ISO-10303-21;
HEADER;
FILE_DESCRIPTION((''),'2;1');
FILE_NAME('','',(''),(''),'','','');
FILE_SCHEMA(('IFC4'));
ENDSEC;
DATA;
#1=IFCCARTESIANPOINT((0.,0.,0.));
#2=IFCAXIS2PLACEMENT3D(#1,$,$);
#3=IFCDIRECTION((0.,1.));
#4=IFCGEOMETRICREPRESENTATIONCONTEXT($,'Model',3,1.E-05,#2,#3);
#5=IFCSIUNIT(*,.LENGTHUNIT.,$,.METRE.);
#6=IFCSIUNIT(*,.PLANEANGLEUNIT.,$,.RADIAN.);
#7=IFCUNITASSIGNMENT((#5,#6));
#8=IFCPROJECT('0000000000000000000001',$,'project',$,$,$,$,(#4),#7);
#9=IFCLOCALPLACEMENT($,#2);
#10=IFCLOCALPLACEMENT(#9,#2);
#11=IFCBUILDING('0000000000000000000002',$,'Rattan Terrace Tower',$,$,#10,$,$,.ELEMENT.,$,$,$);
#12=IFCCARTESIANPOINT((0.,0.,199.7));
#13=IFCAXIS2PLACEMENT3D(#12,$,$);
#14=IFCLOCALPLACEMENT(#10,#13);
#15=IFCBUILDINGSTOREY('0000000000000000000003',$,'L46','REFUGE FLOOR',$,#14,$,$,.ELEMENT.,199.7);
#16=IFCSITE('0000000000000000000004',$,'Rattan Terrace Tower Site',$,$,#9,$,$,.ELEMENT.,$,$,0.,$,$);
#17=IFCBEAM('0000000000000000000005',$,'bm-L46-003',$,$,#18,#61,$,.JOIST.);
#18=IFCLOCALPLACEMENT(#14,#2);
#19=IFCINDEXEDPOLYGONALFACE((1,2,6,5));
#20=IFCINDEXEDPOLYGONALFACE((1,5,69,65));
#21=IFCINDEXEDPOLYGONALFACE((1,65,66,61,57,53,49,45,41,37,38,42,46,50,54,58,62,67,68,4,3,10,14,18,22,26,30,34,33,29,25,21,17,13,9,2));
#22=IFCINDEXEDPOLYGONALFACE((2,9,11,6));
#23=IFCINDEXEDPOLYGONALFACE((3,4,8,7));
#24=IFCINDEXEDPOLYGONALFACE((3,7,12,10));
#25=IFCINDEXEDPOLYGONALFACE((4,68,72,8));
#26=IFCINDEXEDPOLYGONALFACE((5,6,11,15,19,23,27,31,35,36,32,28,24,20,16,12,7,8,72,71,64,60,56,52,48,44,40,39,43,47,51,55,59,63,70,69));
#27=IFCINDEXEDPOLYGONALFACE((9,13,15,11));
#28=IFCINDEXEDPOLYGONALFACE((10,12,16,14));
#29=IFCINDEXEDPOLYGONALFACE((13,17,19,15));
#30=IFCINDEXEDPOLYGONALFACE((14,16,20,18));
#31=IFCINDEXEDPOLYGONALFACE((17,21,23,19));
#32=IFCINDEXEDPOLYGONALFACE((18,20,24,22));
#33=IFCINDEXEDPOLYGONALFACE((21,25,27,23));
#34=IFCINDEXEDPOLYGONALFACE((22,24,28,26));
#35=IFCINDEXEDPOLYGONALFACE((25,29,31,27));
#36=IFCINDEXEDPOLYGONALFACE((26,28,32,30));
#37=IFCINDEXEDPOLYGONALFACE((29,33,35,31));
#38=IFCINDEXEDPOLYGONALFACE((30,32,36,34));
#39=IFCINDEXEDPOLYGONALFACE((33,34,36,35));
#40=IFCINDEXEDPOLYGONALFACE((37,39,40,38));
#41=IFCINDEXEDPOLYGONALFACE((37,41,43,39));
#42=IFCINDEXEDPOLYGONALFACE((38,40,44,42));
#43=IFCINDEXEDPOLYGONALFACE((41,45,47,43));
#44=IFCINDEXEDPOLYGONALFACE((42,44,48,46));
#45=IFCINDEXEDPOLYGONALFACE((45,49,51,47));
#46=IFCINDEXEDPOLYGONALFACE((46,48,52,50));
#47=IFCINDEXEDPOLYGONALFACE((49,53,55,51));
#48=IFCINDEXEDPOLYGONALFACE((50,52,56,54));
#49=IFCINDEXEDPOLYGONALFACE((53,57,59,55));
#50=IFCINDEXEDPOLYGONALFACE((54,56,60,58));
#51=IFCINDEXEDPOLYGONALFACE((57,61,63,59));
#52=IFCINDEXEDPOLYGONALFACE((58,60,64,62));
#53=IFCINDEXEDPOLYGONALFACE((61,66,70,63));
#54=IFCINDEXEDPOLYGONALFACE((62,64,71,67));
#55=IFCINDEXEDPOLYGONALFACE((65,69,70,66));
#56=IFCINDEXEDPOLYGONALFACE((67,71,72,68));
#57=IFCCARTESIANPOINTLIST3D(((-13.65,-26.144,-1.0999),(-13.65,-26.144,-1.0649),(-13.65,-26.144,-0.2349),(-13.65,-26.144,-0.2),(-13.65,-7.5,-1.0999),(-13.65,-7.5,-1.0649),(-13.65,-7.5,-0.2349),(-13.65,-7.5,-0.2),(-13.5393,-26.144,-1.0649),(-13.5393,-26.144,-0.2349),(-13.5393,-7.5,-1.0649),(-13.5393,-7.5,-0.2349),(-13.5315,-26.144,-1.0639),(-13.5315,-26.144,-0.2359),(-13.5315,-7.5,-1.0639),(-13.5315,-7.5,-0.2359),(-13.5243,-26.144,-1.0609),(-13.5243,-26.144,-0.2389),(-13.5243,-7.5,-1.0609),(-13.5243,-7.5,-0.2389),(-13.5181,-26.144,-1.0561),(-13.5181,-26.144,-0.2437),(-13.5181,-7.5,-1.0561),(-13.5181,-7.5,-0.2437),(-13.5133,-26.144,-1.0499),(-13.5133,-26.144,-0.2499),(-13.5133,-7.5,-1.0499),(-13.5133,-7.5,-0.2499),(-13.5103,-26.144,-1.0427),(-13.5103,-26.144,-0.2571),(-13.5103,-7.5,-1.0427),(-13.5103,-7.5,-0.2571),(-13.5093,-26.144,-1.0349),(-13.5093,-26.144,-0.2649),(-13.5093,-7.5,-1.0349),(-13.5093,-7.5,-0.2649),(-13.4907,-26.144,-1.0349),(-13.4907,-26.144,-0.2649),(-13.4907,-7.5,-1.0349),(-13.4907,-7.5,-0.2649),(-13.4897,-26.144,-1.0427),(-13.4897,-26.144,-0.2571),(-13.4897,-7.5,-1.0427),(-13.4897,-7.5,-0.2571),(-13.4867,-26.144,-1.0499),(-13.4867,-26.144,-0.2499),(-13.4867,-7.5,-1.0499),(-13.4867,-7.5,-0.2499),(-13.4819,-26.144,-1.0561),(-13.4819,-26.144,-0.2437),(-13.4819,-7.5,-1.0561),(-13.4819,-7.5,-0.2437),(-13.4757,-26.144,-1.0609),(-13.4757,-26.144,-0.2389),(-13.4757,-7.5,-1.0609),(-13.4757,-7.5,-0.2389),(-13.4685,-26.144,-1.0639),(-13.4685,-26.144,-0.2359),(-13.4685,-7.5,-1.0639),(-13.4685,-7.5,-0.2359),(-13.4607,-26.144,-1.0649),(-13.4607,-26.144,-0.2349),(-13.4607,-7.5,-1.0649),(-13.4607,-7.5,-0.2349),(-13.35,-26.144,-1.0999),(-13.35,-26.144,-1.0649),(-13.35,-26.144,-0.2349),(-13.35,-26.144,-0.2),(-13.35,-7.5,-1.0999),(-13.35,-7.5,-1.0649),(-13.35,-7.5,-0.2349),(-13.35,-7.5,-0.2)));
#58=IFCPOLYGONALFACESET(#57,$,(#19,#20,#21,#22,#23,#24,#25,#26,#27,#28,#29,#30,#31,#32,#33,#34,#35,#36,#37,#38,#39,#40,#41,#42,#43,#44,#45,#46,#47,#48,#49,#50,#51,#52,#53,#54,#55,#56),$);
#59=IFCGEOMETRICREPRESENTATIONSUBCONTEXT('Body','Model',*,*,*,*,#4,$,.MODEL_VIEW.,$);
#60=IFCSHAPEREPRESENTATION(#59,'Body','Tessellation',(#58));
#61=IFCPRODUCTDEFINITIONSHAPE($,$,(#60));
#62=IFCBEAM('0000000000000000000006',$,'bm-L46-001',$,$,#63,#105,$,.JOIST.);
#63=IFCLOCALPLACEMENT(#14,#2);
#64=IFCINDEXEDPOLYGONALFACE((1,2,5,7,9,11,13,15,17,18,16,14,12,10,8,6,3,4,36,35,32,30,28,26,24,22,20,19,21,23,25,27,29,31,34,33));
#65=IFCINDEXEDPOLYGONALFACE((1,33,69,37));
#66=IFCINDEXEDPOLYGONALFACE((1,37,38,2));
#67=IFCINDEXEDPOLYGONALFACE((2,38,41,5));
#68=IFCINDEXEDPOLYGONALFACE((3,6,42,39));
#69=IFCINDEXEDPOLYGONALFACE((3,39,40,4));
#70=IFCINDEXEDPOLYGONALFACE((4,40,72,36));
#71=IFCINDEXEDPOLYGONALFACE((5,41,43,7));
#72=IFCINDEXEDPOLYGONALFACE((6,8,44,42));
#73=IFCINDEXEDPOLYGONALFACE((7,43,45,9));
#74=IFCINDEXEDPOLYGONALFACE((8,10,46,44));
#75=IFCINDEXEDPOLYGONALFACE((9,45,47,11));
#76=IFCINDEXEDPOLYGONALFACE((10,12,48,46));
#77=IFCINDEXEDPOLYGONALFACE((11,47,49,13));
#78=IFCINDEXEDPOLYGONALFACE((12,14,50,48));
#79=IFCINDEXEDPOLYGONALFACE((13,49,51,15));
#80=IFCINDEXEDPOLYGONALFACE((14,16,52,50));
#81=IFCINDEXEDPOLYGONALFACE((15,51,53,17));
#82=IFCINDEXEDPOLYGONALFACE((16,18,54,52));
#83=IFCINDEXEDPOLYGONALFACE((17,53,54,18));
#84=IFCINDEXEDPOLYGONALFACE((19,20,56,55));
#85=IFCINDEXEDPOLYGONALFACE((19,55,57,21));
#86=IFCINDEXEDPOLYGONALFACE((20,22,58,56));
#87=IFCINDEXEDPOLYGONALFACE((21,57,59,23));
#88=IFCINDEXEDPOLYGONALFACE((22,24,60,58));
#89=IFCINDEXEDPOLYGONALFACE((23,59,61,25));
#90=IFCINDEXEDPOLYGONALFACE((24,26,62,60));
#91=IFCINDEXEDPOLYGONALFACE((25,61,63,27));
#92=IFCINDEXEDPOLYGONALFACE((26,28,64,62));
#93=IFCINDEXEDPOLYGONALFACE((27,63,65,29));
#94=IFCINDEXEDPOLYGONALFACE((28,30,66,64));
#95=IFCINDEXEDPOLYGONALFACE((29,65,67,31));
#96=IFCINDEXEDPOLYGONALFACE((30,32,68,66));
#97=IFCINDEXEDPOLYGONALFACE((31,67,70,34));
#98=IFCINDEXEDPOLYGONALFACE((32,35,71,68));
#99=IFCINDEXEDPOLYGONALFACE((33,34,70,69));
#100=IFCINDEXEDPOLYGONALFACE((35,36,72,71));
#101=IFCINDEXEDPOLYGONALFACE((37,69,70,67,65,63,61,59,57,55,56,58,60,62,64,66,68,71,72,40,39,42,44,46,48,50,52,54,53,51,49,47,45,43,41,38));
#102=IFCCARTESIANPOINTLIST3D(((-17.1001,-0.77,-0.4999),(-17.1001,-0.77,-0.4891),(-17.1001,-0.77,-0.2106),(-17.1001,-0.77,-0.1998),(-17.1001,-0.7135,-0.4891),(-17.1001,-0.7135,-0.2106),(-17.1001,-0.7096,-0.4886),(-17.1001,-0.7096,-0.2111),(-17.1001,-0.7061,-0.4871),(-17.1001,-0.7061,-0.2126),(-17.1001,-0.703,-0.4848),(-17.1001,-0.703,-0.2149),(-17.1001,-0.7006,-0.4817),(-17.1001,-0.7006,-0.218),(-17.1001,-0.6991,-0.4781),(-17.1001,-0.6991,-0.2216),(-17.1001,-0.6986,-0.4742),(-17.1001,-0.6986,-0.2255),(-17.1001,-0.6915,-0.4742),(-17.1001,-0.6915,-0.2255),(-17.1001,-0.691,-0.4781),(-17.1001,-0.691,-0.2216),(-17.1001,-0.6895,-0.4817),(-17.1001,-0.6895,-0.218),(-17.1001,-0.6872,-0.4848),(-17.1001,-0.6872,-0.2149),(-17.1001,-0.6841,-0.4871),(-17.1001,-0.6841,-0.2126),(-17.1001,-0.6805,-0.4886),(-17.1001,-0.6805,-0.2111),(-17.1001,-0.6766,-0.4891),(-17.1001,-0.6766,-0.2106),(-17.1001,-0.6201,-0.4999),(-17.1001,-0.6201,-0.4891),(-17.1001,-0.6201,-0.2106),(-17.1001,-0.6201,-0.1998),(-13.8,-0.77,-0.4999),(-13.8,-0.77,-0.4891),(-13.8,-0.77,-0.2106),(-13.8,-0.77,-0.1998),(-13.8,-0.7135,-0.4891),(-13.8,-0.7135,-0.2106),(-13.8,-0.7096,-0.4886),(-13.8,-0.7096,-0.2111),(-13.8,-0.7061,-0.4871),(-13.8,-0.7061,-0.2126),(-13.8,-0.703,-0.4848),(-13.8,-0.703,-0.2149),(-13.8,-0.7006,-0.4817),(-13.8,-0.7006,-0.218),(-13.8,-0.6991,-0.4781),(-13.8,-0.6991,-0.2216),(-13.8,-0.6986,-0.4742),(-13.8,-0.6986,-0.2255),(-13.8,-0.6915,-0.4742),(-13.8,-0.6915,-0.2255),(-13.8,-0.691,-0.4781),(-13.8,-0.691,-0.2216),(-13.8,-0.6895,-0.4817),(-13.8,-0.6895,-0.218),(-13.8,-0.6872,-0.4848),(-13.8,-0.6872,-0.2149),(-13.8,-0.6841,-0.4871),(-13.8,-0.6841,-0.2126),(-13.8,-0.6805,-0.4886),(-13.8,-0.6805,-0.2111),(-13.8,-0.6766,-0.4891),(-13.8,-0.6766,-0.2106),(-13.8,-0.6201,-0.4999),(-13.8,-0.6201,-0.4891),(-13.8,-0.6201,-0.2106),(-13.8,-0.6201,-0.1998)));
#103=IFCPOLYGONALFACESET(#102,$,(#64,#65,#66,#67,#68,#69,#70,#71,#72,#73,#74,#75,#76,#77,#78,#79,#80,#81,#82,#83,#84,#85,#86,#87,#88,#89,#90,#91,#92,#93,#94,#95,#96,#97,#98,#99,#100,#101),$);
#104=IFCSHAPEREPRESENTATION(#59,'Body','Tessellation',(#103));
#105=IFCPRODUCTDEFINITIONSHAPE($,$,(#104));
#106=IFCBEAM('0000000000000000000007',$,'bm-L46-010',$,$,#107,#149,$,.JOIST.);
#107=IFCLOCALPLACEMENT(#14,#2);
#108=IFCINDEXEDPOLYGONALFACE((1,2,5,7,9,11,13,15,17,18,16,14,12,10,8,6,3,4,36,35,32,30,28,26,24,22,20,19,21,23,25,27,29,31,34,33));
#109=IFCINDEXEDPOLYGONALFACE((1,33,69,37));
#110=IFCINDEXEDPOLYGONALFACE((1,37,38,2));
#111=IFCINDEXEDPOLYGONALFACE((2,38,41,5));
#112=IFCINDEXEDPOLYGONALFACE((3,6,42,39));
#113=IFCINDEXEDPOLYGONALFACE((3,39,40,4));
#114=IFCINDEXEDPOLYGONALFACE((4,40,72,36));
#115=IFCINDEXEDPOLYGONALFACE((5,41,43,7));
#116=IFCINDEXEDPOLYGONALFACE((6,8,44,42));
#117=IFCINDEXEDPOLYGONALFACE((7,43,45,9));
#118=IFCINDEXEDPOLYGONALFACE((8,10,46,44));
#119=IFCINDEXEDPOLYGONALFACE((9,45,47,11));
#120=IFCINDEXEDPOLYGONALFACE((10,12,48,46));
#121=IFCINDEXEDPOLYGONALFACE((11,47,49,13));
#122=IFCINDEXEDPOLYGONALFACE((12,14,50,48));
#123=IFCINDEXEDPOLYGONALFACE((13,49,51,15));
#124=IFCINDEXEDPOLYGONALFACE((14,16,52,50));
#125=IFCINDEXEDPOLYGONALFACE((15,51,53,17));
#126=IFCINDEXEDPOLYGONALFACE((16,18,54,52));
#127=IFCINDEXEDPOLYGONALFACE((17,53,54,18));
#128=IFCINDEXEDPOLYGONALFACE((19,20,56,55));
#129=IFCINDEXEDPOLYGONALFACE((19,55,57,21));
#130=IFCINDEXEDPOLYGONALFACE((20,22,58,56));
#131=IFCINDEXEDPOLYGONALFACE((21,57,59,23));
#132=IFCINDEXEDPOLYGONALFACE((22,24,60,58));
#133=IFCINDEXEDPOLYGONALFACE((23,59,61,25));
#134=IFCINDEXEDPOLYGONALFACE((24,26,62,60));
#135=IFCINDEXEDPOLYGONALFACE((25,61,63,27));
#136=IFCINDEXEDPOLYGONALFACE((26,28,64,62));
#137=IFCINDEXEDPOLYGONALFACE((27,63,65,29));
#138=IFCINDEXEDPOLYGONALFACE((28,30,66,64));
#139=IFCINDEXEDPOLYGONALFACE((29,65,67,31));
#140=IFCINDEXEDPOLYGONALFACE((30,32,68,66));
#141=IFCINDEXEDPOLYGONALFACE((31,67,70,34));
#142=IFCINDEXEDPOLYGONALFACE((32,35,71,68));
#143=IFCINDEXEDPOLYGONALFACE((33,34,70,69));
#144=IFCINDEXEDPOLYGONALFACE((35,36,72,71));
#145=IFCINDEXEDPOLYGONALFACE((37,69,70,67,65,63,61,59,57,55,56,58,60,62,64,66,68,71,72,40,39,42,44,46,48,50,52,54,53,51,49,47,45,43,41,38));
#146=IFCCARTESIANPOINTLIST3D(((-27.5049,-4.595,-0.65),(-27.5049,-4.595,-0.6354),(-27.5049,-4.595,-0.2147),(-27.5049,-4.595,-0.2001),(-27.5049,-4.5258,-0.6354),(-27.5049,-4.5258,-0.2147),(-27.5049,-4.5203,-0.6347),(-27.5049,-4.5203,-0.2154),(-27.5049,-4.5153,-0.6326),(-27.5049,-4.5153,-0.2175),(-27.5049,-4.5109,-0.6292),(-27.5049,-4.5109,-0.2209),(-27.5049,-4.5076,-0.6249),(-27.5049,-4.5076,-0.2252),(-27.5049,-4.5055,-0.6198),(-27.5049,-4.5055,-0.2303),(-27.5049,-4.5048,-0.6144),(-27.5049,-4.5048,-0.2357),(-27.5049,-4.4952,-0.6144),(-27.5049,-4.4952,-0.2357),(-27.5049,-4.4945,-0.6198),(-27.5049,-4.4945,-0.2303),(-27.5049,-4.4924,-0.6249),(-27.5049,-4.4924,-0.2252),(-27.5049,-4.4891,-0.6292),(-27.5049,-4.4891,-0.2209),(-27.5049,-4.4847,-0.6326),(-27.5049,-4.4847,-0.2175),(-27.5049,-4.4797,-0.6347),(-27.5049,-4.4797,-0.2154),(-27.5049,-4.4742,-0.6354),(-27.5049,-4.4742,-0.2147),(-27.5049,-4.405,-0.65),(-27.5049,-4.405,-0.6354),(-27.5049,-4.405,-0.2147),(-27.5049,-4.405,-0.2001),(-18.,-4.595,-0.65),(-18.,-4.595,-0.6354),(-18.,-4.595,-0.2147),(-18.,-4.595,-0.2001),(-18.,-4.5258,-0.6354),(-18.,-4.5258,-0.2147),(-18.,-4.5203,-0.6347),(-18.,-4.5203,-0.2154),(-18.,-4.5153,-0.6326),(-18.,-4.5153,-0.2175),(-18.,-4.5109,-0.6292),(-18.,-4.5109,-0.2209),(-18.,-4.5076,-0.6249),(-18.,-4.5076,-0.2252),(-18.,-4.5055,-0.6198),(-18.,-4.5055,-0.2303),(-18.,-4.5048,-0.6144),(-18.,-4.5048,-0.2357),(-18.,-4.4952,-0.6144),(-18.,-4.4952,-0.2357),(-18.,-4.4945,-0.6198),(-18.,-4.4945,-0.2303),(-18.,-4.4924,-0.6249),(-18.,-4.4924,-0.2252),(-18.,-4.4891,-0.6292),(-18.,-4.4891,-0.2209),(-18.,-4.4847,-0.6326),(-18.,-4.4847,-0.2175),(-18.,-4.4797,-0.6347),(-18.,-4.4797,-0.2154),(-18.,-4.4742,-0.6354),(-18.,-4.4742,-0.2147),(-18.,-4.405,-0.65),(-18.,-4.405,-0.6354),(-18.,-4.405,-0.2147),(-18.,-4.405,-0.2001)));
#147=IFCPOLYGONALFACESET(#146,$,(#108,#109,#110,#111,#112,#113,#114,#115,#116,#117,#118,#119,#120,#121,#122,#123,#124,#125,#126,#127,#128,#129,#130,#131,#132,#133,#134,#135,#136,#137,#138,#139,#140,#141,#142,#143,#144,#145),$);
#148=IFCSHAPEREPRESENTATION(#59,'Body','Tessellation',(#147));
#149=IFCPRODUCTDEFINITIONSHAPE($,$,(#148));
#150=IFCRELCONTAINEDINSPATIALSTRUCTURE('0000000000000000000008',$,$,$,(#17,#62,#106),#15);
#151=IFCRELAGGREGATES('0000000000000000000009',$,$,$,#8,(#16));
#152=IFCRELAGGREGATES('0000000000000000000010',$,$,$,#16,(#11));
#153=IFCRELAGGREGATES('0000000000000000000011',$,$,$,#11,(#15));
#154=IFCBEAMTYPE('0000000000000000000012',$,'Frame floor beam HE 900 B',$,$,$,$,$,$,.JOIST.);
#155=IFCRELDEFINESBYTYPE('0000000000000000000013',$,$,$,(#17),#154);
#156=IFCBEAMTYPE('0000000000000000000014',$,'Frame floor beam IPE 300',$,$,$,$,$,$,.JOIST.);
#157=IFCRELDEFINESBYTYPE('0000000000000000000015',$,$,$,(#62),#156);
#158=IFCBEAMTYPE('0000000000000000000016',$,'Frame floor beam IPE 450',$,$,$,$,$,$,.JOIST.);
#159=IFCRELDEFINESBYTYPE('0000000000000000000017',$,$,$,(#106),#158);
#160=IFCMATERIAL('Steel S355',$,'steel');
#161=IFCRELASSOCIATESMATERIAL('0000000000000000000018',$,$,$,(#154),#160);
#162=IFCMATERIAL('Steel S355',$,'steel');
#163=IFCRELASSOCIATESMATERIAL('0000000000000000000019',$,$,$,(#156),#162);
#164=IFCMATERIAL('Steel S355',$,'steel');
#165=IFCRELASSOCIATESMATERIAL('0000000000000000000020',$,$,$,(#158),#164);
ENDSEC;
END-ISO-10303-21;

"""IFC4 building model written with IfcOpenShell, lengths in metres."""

from ifc_helpers import new_model, si_unit, direction, frame, origin, origin_2d, place, context, subcontext, project, spatial, i_section, extrude, material, material_profile, profile_set, type_object, element, save


model = new_model("IFC4")

# Units and contexts
model_context = context("Model", 3, precision=1e-05, world=origin(), true_north=direction((0.0, 1.0)))
body_context = subcontext(model_context, "Body", "Model", "MODEL_VIEW")
ifc_project = project(units=[si_unit("LENGTHUNIT", "METRE"), si_unit("PLANEANGLEUNIT", "RADIAN")], contexts=[model_context])

# Site, building, storey
site_placement = place(None, origin())
site = spatial("IfcSite", under=ifc_project, at=site_placement, Name="Rattan Terrace Tower Site", CompositionType="ELEMENT", RefElevation=0.0)
building_placement = place(site_placement, origin())
building = spatial("IfcBuilding", under=site, at=building_placement, Name="Rattan Terrace Tower", CompositionType="ELEMENT")
storey_placement = place(building_placement, frame((0.0, 0.0, 199.7)))
storey = spatial("IfcBuildingStorey", under=building, at=storey_placement, Name="L46", Description="REFUGE FLOOR", CompositionType="ELEMENT", Elevation=199.7)

# Beams
ifc_material_1 = material(Name="Steel S355", Category="steel")
ifc_material_profile_1 = material_profile(ifc_material_1, i_section(OverallWidth=0.3, OverallDepth=0.8999, WebThickness=0.0186, FlangeThickness=0.0349, FilletRadius=0.03, at=origin_2d()), Name="HE 900 B")
ifc_profile_set_1 = profile_set([ifc_material_profile_1], Name="Steel S355")
beam_type_1 = type_object("IfcBeamType", Name="Frame floor beam HE 900 B", PredefinedType="JOIST", material=ifc_profile_set_1)
beam_1_placement = place(storey_placement, frame((-13.5, -26.144, -0.6499), z_axis=(0.0, 1.0, 0.0), x_axis=(-1.0, 0.0, 0.0)))
element("IfcBeam", 1, at=beam_1_placement, inside=storey, type_object=beam_type_1, Name="bm-L46-003", PredefinedType="JOIST", context=body_context, shape_type="SweptSolid", body=[
    extrude(i_section(OverallWidth=0.3, OverallDepth=0.8999, WebThickness=0.0186, FlangeThickness=0.0349, FilletRadius=0.03, at=origin_2d()), origin(), (0.0, 0.0, 1.0), 18.644),
])
ifc_material_2 = material(Name="Steel S355", Category="steel")
ifc_material_profile_2 = material_profile(ifc_material_2, i_section(OverallWidth=0.1499, OverallDepth=0.3, WebThickness=0.0071, FlangeThickness=0.0107, FilletRadius=0.0149, at=origin_2d()), Name="IPE 300")
ifc_profile_set_2 = profile_set([ifc_material_profile_2], Name="Steel S355")
beam_type_2 = type_object("IfcBeamType", Name="Frame floor beam IPE 300", PredefinedType="JOIST", material=ifc_profile_set_2)
beam_2_placement = place(storey_placement, frame((-17.1001, -0.6951, -0.3499), z_axis=(1.0, 0.0, 0.0), x_axis=(0.0, 1.0, 0.0)))
element("IfcBeam", 2, at=beam_2_placement, inside=storey, type_object=beam_type_2, Name="bm-L46-001", PredefinedType="JOIST", context=body_context, shape_type="SweptSolid", body=[
    extrude(i_section(OverallWidth=0.1499, OverallDepth=0.3, WebThickness=0.0071, FlangeThickness=0.0107, FilletRadius=0.0149, at=origin_2d()), origin(), (0.0, 0.0, 1.0), 3.3),
])
ifc_material_3 = material(Name="Steel S355", Category="steel")
ifc_material_profile_3 = material_profile(ifc_material_3, i_section(OverallWidth=0.1899, OverallDepth=0.45, WebThickness=0.0095, FlangeThickness=0.0146, FilletRadius=0.021, at=origin_2d()), Name="IPE 450")
ifc_profile_set_3 = profile_set([ifc_material_profile_3], Name="Steel S355")
beam_type_3 = type_object("IfcBeamType", Name="Frame floor beam IPE 450", PredefinedType="JOIST", material=ifc_profile_set_3)
beam_3_placement = place(storey_placement, frame((-27.5049, -4.5, -0.425), z_axis=(1.0, 0.0, 0.0), x_axis=(0.0, 1.0, 0.0)))
element("IfcBeam", 3, at=beam_3_placement, inside=storey, type_object=beam_type_3, Name="bm-L46-010", PredefinedType="JOIST", context=body_context, shape_type="SweptSolid", body=[
    extrude(i_section(OverallWidth=0.1899, OverallDepth=0.45, WebThickness=0.0095, FlangeThickness=0.0146, FilletRadius=0.021, at=origin_2d()), origin(), (0.0, 0.0, 1.0), 9.5049),
])

save(model, "model.ifc")
